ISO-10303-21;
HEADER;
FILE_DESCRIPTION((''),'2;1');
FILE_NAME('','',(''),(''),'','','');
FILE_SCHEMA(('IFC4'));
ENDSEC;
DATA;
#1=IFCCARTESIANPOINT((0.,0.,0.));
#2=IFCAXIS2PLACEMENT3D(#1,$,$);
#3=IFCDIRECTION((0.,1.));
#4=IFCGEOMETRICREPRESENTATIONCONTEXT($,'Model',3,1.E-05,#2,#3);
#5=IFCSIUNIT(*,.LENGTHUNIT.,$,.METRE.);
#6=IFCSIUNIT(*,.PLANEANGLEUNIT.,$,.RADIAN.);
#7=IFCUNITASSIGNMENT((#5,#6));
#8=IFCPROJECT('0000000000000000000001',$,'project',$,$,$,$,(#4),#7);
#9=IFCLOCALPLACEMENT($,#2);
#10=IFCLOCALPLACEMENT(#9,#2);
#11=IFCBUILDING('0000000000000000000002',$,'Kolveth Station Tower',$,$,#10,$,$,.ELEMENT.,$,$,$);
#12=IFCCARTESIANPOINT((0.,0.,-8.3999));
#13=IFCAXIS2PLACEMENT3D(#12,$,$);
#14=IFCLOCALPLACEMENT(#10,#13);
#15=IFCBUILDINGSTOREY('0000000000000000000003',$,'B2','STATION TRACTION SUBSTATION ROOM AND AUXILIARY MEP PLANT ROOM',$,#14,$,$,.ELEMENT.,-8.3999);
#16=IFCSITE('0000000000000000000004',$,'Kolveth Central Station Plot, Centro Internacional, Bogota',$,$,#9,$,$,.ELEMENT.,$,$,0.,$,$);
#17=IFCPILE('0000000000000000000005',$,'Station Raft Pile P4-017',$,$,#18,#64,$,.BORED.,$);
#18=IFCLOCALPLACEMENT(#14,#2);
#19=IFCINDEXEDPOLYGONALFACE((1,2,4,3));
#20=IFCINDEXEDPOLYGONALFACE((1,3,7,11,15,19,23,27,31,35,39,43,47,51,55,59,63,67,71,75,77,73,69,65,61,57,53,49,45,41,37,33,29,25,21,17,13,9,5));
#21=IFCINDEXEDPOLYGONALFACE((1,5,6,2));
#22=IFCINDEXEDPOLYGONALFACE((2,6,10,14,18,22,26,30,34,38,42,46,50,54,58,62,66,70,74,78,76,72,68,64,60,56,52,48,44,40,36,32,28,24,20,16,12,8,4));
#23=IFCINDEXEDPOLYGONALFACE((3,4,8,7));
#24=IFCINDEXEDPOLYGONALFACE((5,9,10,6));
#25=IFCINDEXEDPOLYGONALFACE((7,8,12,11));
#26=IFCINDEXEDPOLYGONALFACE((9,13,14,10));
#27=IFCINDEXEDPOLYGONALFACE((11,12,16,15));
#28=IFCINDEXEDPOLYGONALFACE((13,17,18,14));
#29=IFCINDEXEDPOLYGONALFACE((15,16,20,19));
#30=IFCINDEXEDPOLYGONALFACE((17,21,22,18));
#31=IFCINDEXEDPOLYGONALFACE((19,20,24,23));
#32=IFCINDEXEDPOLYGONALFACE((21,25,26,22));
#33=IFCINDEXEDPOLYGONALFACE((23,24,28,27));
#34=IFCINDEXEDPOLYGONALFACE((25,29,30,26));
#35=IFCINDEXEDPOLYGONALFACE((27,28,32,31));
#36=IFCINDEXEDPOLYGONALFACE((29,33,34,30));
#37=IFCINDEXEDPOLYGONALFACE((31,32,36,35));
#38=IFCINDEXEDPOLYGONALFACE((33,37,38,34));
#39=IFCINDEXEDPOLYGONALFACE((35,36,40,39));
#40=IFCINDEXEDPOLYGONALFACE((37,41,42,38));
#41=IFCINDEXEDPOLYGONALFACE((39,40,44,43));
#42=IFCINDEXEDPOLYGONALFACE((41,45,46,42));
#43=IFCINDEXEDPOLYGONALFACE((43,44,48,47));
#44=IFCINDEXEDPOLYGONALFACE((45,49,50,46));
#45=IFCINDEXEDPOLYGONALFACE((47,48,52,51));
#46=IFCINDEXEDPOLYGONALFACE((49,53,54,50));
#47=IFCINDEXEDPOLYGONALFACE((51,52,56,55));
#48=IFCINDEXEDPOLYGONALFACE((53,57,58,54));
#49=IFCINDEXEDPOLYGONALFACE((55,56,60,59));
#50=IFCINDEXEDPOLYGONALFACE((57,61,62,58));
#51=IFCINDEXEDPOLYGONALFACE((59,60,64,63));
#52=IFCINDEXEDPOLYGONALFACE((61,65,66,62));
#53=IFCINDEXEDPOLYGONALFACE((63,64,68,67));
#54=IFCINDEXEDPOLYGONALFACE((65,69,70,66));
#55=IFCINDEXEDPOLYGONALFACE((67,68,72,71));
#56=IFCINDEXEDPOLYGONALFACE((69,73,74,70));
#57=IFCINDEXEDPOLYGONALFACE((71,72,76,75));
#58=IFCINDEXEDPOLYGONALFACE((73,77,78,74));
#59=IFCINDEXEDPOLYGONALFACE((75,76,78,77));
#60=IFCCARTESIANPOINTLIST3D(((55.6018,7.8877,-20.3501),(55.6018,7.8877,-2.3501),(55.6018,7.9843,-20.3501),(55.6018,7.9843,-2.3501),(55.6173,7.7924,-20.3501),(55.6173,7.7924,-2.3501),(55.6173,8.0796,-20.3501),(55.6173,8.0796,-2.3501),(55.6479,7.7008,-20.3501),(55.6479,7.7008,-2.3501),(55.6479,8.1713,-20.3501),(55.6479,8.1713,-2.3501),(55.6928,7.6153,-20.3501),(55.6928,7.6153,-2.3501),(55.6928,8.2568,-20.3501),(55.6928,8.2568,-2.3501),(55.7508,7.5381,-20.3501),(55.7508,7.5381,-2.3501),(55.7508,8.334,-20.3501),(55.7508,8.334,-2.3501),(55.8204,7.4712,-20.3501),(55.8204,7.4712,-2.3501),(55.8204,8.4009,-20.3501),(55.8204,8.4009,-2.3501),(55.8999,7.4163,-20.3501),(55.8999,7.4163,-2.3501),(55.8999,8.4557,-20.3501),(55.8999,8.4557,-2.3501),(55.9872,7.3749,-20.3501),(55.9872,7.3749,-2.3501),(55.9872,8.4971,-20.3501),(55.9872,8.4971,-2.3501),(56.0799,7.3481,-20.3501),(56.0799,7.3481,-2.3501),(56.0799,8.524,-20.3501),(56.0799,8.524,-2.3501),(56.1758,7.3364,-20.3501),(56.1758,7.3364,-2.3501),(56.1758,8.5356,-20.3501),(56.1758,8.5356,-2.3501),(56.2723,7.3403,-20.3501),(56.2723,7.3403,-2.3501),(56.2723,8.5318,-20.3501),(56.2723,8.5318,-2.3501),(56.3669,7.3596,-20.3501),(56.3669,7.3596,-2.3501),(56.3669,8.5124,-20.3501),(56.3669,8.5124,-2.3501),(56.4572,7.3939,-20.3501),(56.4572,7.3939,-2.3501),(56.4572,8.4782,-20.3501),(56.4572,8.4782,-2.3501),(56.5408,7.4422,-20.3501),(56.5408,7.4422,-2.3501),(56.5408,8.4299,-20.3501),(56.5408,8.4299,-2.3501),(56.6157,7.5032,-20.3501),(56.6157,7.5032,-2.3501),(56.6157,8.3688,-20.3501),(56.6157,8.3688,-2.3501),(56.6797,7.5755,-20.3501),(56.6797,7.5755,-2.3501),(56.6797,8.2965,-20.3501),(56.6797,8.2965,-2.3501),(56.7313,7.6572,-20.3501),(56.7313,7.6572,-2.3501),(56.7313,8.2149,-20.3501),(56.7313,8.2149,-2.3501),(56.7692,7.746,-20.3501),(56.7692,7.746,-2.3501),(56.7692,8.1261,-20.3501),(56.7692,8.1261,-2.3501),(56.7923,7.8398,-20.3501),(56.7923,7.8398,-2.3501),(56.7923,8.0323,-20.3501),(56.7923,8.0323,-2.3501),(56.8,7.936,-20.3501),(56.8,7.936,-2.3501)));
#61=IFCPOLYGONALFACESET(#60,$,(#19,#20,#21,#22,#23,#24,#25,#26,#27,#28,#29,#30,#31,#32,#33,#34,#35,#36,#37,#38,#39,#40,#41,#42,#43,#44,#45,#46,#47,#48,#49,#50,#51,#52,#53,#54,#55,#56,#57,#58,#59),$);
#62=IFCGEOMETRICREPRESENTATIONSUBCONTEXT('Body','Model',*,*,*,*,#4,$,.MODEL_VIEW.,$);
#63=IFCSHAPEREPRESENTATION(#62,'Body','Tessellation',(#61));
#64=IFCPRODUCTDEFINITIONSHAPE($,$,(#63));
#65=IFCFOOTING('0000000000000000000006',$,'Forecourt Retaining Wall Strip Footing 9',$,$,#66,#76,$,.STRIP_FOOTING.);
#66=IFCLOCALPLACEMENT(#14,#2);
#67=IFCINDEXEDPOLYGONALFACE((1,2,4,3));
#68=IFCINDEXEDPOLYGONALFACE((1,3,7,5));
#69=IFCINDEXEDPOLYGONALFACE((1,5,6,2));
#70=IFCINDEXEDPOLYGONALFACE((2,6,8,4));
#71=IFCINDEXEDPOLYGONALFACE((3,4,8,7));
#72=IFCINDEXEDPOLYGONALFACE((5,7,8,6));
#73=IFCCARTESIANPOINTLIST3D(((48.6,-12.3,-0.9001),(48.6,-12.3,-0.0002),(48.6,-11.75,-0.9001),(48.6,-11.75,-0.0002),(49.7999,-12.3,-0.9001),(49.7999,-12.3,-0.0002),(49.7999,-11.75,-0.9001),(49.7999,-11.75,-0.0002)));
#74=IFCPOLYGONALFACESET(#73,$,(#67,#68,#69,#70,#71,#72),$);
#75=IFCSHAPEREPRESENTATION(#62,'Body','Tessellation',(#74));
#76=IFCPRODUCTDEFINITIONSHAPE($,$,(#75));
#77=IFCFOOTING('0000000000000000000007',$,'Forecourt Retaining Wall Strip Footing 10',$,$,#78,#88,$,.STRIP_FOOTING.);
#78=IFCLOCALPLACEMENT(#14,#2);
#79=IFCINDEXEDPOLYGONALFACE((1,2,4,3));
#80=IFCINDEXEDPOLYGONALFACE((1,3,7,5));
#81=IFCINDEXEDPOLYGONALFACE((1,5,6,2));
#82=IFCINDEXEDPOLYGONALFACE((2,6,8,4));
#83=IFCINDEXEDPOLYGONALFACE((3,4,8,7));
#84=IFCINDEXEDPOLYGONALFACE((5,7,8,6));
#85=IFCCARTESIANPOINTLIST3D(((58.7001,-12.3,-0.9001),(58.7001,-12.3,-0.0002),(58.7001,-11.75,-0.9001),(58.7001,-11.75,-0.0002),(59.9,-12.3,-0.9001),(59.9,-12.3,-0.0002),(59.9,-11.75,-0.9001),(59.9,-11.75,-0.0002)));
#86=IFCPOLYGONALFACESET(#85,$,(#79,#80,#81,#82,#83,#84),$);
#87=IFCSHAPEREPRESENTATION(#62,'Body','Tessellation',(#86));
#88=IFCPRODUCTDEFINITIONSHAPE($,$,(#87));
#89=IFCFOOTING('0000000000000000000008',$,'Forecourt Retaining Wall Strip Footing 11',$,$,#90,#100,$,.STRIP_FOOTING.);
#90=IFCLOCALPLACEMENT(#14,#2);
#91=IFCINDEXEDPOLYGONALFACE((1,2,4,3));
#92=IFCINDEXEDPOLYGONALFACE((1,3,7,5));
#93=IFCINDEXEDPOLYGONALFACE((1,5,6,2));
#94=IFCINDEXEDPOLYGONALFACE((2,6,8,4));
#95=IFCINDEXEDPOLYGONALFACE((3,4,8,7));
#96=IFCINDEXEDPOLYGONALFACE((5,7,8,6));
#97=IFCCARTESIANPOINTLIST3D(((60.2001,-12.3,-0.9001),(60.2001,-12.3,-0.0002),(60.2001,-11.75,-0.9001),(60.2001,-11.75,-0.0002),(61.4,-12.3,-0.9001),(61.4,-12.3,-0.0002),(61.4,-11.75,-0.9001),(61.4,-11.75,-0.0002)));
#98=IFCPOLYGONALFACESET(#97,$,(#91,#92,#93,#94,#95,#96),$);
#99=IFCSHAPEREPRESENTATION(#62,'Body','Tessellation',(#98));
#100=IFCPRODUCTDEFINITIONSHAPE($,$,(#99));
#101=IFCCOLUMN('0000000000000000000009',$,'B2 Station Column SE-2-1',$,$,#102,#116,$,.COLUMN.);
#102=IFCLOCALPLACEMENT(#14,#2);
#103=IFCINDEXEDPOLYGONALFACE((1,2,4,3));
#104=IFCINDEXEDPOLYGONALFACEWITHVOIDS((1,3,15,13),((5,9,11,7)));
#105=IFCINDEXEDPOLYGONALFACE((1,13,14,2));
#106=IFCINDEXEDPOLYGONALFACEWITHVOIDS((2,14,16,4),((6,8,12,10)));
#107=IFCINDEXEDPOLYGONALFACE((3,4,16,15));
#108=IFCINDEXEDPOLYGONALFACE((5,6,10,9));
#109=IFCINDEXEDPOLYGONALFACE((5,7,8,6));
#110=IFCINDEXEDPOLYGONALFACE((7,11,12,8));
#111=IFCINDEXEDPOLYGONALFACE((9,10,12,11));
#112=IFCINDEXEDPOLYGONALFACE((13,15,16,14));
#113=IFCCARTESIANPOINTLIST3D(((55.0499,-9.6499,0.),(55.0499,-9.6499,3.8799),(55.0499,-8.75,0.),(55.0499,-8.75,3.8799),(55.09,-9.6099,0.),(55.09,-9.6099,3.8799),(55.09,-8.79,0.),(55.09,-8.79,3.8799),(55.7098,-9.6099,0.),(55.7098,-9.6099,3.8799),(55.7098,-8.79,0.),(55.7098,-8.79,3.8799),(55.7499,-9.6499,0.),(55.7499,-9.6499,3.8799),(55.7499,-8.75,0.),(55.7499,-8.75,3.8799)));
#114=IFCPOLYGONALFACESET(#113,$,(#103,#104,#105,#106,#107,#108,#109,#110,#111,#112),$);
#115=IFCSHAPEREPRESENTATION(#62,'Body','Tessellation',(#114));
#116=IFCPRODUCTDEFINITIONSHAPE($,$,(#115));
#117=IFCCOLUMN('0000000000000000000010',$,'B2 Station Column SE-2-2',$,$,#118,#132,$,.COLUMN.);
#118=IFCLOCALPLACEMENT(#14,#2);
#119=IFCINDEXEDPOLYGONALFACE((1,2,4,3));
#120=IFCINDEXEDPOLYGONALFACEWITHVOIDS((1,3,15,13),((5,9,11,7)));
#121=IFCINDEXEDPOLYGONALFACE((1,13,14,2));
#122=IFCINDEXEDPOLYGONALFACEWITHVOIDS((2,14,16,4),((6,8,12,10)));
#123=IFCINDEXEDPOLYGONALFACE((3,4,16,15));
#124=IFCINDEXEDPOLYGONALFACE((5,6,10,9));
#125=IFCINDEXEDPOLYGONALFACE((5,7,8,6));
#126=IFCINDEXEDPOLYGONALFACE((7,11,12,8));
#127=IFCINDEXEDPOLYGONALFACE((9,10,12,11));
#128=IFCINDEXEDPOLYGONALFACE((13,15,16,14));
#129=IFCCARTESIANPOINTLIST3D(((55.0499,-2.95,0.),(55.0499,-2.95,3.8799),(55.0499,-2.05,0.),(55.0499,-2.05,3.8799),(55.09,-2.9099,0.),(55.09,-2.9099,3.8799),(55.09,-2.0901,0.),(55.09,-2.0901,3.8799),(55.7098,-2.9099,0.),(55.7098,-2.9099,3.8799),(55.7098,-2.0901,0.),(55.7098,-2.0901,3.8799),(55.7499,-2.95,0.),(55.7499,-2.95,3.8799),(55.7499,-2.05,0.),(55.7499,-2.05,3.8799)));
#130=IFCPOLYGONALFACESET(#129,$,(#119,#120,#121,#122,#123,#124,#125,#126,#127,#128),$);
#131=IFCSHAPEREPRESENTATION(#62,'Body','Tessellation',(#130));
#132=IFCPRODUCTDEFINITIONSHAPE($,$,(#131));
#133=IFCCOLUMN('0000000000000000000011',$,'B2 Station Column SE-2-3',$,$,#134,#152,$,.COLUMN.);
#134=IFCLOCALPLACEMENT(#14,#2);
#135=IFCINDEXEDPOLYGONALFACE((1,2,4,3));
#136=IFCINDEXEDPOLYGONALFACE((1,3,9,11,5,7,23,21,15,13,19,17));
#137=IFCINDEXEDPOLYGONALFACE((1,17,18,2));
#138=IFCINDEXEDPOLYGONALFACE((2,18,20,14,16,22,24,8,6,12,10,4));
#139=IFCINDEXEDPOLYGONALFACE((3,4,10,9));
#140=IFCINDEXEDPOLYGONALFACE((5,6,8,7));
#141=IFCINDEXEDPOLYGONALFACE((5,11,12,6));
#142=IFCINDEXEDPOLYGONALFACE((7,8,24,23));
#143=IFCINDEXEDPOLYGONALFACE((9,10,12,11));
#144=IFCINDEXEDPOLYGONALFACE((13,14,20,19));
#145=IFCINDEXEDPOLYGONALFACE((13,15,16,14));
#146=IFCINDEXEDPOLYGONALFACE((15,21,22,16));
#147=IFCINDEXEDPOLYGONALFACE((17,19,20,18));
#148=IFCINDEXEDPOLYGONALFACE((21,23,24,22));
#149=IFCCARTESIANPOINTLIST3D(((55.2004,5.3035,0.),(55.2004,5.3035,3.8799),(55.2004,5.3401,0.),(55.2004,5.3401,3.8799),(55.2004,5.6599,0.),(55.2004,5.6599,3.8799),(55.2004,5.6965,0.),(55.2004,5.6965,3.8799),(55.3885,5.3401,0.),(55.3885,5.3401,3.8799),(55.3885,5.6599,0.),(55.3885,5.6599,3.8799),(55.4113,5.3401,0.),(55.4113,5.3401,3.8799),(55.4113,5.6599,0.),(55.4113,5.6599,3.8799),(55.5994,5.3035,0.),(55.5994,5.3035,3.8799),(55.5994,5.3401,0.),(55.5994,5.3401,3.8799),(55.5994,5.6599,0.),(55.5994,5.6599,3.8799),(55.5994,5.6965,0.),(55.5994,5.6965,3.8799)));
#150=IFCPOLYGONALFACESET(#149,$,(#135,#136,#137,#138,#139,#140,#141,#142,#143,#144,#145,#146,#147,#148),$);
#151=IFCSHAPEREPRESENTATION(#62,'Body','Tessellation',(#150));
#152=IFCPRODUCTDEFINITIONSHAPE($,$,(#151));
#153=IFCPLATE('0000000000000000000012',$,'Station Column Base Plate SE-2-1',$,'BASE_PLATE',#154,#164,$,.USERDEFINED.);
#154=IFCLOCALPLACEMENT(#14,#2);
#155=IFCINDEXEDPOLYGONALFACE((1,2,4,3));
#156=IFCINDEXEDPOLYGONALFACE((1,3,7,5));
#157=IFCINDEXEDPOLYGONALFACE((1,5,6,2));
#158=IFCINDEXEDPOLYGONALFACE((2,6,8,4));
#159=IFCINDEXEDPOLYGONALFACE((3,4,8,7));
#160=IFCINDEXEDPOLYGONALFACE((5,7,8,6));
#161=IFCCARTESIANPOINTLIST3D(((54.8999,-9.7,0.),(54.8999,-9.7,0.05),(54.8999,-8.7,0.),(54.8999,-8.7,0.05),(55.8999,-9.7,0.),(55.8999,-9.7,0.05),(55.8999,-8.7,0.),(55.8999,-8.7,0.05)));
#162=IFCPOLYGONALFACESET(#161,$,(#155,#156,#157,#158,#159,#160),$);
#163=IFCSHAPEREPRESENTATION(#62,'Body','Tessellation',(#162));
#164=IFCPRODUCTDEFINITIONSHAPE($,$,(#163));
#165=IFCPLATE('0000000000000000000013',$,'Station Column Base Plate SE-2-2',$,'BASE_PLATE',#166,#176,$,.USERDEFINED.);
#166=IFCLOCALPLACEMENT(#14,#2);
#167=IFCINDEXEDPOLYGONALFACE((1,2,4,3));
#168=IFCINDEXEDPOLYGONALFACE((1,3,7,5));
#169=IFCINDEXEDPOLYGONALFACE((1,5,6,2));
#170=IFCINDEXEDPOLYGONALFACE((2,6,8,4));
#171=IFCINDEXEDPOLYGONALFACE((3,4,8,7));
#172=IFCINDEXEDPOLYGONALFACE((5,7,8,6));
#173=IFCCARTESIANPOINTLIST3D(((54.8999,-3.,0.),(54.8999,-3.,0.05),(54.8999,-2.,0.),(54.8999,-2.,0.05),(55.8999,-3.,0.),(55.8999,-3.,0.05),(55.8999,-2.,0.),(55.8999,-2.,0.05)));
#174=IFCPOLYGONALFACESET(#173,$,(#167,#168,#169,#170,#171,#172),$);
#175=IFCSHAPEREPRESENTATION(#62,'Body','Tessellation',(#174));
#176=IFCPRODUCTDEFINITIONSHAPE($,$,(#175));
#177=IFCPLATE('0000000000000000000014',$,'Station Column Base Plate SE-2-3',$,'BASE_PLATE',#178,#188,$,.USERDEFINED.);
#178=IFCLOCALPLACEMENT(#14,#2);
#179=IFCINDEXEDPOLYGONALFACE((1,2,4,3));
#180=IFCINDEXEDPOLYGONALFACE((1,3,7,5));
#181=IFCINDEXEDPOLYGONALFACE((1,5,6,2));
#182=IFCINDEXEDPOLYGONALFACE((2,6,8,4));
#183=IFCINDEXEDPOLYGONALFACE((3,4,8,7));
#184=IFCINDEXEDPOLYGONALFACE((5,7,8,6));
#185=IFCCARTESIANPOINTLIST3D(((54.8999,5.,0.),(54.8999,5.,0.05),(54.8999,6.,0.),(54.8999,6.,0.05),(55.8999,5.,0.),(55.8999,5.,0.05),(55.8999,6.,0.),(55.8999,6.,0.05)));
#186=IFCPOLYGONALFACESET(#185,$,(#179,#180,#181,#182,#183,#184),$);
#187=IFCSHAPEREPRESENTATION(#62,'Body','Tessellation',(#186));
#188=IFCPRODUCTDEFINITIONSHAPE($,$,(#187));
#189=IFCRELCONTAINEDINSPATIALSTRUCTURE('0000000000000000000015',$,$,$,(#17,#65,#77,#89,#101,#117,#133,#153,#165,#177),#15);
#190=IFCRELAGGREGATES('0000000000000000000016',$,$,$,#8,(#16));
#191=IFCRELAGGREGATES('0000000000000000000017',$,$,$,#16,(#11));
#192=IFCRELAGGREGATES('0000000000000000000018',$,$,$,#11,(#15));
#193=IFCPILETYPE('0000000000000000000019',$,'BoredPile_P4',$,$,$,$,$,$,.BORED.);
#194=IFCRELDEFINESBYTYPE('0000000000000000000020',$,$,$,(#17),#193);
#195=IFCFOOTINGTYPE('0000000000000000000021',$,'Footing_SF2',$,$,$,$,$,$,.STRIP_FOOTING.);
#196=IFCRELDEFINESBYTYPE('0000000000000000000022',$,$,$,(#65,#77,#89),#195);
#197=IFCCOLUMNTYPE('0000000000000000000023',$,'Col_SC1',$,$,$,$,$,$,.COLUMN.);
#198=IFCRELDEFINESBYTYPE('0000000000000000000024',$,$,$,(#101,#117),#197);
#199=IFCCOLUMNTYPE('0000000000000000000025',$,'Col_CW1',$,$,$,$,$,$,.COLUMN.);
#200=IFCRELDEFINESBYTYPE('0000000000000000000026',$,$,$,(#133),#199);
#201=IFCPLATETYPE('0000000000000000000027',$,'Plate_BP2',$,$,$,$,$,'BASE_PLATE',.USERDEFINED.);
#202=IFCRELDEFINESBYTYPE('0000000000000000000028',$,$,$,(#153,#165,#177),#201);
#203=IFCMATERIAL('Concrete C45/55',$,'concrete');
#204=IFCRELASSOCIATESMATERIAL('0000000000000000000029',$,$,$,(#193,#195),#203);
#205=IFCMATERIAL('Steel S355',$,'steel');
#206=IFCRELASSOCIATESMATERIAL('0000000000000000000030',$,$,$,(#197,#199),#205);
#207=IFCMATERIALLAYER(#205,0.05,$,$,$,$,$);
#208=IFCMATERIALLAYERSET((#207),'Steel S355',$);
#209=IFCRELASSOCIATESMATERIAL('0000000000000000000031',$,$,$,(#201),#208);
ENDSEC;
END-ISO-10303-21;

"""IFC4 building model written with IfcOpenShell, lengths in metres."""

from ifc_helpers import new_model, si_unit, direction, frame, origin, origin_2d, place, context, subcontext, project, spatial, rectangle, hollow_rectangle, circle, i_section, extrude, source, transform, mapped, material, layer, layer_set, material_profile, profile_set, type_object, element, save


model = new_model("IFC4")

# Units and contexts
model_context = context("Model", 3, precision=1e-05, world=origin(), true_north=direction((0.0, 1.0)))
body_context = subcontext(model_context, "Body", "Model", "MODEL_VIEW")
ifc_project = project(units=[si_unit("LENGTHUNIT", "METRE"), si_unit("PLANEANGLEUNIT", "RADIAN")], contexts=[model_context])

# Site, building, storey
site_placement = place(None, origin())
site = spatial("IfcSite", under=ifc_project, at=site_placement, Name="Kolveth Central Station Plot, Centro Internacional, Bogota", CompositionType="ELEMENT", RefElevation=0.0)
building_placement = place(site_placement, origin())
building = spatial("IfcBuilding", under=site, at=building_placement, Name="Kolveth Station Tower", CompositionType="ELEMENT")
storey_placement = place(building_placement, frame((0.0, 0.0, -8.3999)))
storey = spatial("IfcBuildingStorey", under=building, at=storey_placement, Name="B2", Description="STATION TRACTION SUBSTATION ROOM AND AUXILIARY MEP PLANT ROOM", CompositionType="ELEMENT", Elevation=-8.3999)

# Pile
ifc_material_1 = material(Name="Concrete C45/55", Category="concrete")
ifc_material_profile_1 = material_profile(ifc_material_1, circle(Radius=0.6001, at=origin_2d()), Name="PILE-D1200")
ifc_profile_set_1 = profile_set([ifc_material_profile_1], Name="Concrete C45/55")
pile_type = type_object("IfcPileType", Name="BoredPile_P4", PredefinedType="BORED", material=ifc_profile_set_1)
shared_shape_1 = source(origin(), body_context, "Body", "SweptSolid", [
    extrude(circle(Radius=0.6001, at=origin_2d()), origin(), (0.0, 0.0, 1.0), 18.0),
])
for number, where, z_axis, x_axis, name in (
    (1, (56.2, 7.936, -2.3501), (0.0, 0.0, -1.0), (1.0, 0.0, 0.0), "Station Raft Pile P4-017"),
):
    element("IfcPile", number, at=place(storey_placement, frame(where, z_axis=z_axis, x_axis=x_axis)), inside=storey, type_object=pile_type, Name=name, PredefinedType="BORED", context=body_context, shape_type="MappedRepresentation", body=[
        mapped(shared_shape_1, transform((0.0, 0.0, 0.0), x_axis=(1.0, 0.0, 0.0), y_axis=(0.0, 1.0, 0.0), z_axis=(0.0, 0.0, 1.0), scale=1.0)),
    ])

# Footings
ifc_material_profile_2 = material_profile(ifc_material_1, rectangle(XDim=1.2, YDim=0.8999, at=origin_2d()), Name="RC-1200x900")
ifc_profile_set_2 = profile_set([ifc_material_profile_2], Name="Concrete C45/55")
footing_type = type_object("IfcFootingType", Name="Footing_SF2", PredefinedType="STRIP_FOOTING", material=ifc_profile_set_2)
shared_shape_2 = source(origin(), body_context, "Body", "SweptSolid", [
    extrude(rectangle(XDim=1.2, YDim=0.8999, at=origin_2d()), origin(), (0.0, 0.0, 1.0), 0.55),
])
for number, where, z_axis, x_axis, name in (
    (2, (49.2, -12.3, -0.4502), (0.0, 1.0, 0.0), (-1.0, 0.0, 0.0), "Forecourt Retaining Wall Strip Footing 9"),
    (3, (59.3, -12.3, -0.4502), (0.0, 1.0, 0.0), (-1.0, 0.0, 0.0), "Forecourt Retaining Wall Strip Footing 10"),
    (4, (60.8, -12.3, -0.4502), (0.0, 1.0, 0.0), (-1.0, 0.0, 0.0), "Forecourt Retaining Wall Strip Footing 11"),
):
    element("IfcFooting", number, at=place(storey_placement, frame(where, z_axis=z_axis, x_axis=x_axis)), inside=storey, type_object=footing_type, Name=name, PredefinedType="STRIP_FOOTING", context=body_context, shape_type="MappedRepresentation", body=[
        mapped(shared_shape_2, transform((0.0, 0.0, 0.0), x_axis=(1.0, 0.0, 0.0), y_axis=(0.0, 1.0, 0.0), z_axis=(0.0, 0.0, 1.0), scale=1.0)),
    ])

# Columns
ifc_material_2 = material(Name="Steel S355", Category="steel")
ifc_material_profile_3 = material_profile(ifc_material_2, hollow_rectangle(XDim=0.7, YDim=0.8999, WallThickness=0.04, at=origin_2d()), Name="BOX900x700x40")
ifc_profile_set_3 = profile_set([ifc_material_profile_3], Name="Steel S355")
column_type_1 = type_object("IfcColumnType", Name="Col_SC1", PredefinedType="COLUMN", material=ifc_profile_set_3)
shared_shape_3 = source(origin(), body_context, "Body", "SweptSolid", [
    extrude(hollow_rectangle(XDim=0.7, YDim=0.8999, WallThickness=0.04, at=origin_2d()), origin(), (0.0, 0.0, 1.0), 3.8799),
])
for number, where, z_axis, x_axis, name in (
    (5, (55.3999, -9.2, 0.0), (0.0, 0.0, 1.0), (1.0, 0.0, 0.0), "B2 Station Column SE-2-1"),
    (6, (55.3999, -2.5, 0.0), (0.0, 0.0, 1.0), (1.0, 0.0, 0.0), "B2 Station Column SE-2-2"),
):
    element("IfcColumn", number, at=place(storey_placement, frame(where, z_axis=z_axis, x_axis=x_axis)), inside=storey, type_object=column_type_1, Name=name, PredefinedType="COLUMN", context=body_context, shape_type="MappedRepresentation", body=[
        mapped(shared_shape_3, transform((0.0, 0.0, 0.0), x_axis=(1.0, 0.0, 0.0), y_axis=(0.0, 1.0, 0.0), z_axis=(0.0, 0.0, 1.0), scale=1.0)),
    ])
ifc_material_profile_4 = material_profile(ifc_material_2, i_section(OverallWidth=0.3989, OverallDepth=0.3931, WebThickness=0.0227, FlangeThickness=0.0366, at=origin_2d()), Name="W360x287")
ifc_profile_set_4 = profile_set([ifc_material_profile_4], Name="Steel S355")
column_type_2 = type_object("IfcColumnType", Name="Col_CW1", PredefinedType="COLUMN", material=ifc_profile_set_4)
shared_shape_4 = source(origin(), body_context, "Body", "SweptSolid", [
    extrude(i_section(OverallWidth=0.3989, OverallDepth=0.3931, WebThickness=0.0227, FlangeThickness=0.0366, at=origin_2d()), origin(), (0.0, 0.0, 1.0), 3.8799),
])
column_placement = place(storey_placement, frame((55.3999, 5.5, 0.0), z_axis=(0.0, 0.0, 1.0), x_axis=(1.0, 0.0, 0.0)))
element("IfcColumn", 7, at=column_placement, inside=storey, type_object=column_type_2, Name="B2 Station Column SE-2-3", PredefinedType="COLUMN", context=body_context, shape_type="MappedRepresentation", body=[
    mapped(shared_shape_4, transform((0.0, 0.0, 0.0), x_axis=(1.0, 0.0, 0.0), y_axis=(0.0, 1.0, 0.0), z_axis=(0.0, 0.0, 1.0), scale=1.0)),
])

# Plates
ifc_layer_1 = layer(ifc_material_2, 0.05)
ifc_layer_set_1 = layer_set([ifc_layer_1], Name="Steel S355")
plate_type = type_object("IfcPlateType", Name="Plate_BP2", ElementType="BASE_PLATE", PredefinedType="USERDEFINED", material=ifc_layer_set_1)
shared_shape_5 = source(origin(), body_context, "Body", "SweptSolid", [
    extrude(rectangle(XDim=1.0, YDim=1.0, at=origin_2d()), origin(), (0.0, 0.0, 1.0), 0.05),
])
for number, where, z_axis, x_axis, name in (
    (8, (55.3999, -9.2, 0.0), (0.0, 0.0, 1.0), (1.0, 0.0, 0.0), "Station Column Base Plate SE-2-1"),
    (9, (55.3999, -2.5, 0.0), (0.0, 0.0, 1.0), (1.0, 0.0, 0.0), "Station Column Base Plate SE-2-2"),
    (10, (55.3999, 5.5, 0.0), (0.0, 0.0, 1.0), (1.0, 0.0, 0.0), "Station Column Base Plate SE-2-3"),
):
    element("IfcPlate", number, at=place(storey_placement, frame(where, z_axis=z_axis, x_axis=x_axis)), inside=storey, type_object=plate_type, Name=name, ObjectType="BASE_PLATE", PredefinedType="USERDEFINED", context=body_context, shape_type="MappedRepresentation", body=[
        mapped(shared_shape_5, transform((0.0, 0.0, 0.0), x_axis=(1.0, 0.0, 0.0), y_axis=(0.0, 1.0, 0.0), z_axis=(0.0, 0.0, 1.0), scale=1.0)),
    ])

save(model, "model.ifc")
